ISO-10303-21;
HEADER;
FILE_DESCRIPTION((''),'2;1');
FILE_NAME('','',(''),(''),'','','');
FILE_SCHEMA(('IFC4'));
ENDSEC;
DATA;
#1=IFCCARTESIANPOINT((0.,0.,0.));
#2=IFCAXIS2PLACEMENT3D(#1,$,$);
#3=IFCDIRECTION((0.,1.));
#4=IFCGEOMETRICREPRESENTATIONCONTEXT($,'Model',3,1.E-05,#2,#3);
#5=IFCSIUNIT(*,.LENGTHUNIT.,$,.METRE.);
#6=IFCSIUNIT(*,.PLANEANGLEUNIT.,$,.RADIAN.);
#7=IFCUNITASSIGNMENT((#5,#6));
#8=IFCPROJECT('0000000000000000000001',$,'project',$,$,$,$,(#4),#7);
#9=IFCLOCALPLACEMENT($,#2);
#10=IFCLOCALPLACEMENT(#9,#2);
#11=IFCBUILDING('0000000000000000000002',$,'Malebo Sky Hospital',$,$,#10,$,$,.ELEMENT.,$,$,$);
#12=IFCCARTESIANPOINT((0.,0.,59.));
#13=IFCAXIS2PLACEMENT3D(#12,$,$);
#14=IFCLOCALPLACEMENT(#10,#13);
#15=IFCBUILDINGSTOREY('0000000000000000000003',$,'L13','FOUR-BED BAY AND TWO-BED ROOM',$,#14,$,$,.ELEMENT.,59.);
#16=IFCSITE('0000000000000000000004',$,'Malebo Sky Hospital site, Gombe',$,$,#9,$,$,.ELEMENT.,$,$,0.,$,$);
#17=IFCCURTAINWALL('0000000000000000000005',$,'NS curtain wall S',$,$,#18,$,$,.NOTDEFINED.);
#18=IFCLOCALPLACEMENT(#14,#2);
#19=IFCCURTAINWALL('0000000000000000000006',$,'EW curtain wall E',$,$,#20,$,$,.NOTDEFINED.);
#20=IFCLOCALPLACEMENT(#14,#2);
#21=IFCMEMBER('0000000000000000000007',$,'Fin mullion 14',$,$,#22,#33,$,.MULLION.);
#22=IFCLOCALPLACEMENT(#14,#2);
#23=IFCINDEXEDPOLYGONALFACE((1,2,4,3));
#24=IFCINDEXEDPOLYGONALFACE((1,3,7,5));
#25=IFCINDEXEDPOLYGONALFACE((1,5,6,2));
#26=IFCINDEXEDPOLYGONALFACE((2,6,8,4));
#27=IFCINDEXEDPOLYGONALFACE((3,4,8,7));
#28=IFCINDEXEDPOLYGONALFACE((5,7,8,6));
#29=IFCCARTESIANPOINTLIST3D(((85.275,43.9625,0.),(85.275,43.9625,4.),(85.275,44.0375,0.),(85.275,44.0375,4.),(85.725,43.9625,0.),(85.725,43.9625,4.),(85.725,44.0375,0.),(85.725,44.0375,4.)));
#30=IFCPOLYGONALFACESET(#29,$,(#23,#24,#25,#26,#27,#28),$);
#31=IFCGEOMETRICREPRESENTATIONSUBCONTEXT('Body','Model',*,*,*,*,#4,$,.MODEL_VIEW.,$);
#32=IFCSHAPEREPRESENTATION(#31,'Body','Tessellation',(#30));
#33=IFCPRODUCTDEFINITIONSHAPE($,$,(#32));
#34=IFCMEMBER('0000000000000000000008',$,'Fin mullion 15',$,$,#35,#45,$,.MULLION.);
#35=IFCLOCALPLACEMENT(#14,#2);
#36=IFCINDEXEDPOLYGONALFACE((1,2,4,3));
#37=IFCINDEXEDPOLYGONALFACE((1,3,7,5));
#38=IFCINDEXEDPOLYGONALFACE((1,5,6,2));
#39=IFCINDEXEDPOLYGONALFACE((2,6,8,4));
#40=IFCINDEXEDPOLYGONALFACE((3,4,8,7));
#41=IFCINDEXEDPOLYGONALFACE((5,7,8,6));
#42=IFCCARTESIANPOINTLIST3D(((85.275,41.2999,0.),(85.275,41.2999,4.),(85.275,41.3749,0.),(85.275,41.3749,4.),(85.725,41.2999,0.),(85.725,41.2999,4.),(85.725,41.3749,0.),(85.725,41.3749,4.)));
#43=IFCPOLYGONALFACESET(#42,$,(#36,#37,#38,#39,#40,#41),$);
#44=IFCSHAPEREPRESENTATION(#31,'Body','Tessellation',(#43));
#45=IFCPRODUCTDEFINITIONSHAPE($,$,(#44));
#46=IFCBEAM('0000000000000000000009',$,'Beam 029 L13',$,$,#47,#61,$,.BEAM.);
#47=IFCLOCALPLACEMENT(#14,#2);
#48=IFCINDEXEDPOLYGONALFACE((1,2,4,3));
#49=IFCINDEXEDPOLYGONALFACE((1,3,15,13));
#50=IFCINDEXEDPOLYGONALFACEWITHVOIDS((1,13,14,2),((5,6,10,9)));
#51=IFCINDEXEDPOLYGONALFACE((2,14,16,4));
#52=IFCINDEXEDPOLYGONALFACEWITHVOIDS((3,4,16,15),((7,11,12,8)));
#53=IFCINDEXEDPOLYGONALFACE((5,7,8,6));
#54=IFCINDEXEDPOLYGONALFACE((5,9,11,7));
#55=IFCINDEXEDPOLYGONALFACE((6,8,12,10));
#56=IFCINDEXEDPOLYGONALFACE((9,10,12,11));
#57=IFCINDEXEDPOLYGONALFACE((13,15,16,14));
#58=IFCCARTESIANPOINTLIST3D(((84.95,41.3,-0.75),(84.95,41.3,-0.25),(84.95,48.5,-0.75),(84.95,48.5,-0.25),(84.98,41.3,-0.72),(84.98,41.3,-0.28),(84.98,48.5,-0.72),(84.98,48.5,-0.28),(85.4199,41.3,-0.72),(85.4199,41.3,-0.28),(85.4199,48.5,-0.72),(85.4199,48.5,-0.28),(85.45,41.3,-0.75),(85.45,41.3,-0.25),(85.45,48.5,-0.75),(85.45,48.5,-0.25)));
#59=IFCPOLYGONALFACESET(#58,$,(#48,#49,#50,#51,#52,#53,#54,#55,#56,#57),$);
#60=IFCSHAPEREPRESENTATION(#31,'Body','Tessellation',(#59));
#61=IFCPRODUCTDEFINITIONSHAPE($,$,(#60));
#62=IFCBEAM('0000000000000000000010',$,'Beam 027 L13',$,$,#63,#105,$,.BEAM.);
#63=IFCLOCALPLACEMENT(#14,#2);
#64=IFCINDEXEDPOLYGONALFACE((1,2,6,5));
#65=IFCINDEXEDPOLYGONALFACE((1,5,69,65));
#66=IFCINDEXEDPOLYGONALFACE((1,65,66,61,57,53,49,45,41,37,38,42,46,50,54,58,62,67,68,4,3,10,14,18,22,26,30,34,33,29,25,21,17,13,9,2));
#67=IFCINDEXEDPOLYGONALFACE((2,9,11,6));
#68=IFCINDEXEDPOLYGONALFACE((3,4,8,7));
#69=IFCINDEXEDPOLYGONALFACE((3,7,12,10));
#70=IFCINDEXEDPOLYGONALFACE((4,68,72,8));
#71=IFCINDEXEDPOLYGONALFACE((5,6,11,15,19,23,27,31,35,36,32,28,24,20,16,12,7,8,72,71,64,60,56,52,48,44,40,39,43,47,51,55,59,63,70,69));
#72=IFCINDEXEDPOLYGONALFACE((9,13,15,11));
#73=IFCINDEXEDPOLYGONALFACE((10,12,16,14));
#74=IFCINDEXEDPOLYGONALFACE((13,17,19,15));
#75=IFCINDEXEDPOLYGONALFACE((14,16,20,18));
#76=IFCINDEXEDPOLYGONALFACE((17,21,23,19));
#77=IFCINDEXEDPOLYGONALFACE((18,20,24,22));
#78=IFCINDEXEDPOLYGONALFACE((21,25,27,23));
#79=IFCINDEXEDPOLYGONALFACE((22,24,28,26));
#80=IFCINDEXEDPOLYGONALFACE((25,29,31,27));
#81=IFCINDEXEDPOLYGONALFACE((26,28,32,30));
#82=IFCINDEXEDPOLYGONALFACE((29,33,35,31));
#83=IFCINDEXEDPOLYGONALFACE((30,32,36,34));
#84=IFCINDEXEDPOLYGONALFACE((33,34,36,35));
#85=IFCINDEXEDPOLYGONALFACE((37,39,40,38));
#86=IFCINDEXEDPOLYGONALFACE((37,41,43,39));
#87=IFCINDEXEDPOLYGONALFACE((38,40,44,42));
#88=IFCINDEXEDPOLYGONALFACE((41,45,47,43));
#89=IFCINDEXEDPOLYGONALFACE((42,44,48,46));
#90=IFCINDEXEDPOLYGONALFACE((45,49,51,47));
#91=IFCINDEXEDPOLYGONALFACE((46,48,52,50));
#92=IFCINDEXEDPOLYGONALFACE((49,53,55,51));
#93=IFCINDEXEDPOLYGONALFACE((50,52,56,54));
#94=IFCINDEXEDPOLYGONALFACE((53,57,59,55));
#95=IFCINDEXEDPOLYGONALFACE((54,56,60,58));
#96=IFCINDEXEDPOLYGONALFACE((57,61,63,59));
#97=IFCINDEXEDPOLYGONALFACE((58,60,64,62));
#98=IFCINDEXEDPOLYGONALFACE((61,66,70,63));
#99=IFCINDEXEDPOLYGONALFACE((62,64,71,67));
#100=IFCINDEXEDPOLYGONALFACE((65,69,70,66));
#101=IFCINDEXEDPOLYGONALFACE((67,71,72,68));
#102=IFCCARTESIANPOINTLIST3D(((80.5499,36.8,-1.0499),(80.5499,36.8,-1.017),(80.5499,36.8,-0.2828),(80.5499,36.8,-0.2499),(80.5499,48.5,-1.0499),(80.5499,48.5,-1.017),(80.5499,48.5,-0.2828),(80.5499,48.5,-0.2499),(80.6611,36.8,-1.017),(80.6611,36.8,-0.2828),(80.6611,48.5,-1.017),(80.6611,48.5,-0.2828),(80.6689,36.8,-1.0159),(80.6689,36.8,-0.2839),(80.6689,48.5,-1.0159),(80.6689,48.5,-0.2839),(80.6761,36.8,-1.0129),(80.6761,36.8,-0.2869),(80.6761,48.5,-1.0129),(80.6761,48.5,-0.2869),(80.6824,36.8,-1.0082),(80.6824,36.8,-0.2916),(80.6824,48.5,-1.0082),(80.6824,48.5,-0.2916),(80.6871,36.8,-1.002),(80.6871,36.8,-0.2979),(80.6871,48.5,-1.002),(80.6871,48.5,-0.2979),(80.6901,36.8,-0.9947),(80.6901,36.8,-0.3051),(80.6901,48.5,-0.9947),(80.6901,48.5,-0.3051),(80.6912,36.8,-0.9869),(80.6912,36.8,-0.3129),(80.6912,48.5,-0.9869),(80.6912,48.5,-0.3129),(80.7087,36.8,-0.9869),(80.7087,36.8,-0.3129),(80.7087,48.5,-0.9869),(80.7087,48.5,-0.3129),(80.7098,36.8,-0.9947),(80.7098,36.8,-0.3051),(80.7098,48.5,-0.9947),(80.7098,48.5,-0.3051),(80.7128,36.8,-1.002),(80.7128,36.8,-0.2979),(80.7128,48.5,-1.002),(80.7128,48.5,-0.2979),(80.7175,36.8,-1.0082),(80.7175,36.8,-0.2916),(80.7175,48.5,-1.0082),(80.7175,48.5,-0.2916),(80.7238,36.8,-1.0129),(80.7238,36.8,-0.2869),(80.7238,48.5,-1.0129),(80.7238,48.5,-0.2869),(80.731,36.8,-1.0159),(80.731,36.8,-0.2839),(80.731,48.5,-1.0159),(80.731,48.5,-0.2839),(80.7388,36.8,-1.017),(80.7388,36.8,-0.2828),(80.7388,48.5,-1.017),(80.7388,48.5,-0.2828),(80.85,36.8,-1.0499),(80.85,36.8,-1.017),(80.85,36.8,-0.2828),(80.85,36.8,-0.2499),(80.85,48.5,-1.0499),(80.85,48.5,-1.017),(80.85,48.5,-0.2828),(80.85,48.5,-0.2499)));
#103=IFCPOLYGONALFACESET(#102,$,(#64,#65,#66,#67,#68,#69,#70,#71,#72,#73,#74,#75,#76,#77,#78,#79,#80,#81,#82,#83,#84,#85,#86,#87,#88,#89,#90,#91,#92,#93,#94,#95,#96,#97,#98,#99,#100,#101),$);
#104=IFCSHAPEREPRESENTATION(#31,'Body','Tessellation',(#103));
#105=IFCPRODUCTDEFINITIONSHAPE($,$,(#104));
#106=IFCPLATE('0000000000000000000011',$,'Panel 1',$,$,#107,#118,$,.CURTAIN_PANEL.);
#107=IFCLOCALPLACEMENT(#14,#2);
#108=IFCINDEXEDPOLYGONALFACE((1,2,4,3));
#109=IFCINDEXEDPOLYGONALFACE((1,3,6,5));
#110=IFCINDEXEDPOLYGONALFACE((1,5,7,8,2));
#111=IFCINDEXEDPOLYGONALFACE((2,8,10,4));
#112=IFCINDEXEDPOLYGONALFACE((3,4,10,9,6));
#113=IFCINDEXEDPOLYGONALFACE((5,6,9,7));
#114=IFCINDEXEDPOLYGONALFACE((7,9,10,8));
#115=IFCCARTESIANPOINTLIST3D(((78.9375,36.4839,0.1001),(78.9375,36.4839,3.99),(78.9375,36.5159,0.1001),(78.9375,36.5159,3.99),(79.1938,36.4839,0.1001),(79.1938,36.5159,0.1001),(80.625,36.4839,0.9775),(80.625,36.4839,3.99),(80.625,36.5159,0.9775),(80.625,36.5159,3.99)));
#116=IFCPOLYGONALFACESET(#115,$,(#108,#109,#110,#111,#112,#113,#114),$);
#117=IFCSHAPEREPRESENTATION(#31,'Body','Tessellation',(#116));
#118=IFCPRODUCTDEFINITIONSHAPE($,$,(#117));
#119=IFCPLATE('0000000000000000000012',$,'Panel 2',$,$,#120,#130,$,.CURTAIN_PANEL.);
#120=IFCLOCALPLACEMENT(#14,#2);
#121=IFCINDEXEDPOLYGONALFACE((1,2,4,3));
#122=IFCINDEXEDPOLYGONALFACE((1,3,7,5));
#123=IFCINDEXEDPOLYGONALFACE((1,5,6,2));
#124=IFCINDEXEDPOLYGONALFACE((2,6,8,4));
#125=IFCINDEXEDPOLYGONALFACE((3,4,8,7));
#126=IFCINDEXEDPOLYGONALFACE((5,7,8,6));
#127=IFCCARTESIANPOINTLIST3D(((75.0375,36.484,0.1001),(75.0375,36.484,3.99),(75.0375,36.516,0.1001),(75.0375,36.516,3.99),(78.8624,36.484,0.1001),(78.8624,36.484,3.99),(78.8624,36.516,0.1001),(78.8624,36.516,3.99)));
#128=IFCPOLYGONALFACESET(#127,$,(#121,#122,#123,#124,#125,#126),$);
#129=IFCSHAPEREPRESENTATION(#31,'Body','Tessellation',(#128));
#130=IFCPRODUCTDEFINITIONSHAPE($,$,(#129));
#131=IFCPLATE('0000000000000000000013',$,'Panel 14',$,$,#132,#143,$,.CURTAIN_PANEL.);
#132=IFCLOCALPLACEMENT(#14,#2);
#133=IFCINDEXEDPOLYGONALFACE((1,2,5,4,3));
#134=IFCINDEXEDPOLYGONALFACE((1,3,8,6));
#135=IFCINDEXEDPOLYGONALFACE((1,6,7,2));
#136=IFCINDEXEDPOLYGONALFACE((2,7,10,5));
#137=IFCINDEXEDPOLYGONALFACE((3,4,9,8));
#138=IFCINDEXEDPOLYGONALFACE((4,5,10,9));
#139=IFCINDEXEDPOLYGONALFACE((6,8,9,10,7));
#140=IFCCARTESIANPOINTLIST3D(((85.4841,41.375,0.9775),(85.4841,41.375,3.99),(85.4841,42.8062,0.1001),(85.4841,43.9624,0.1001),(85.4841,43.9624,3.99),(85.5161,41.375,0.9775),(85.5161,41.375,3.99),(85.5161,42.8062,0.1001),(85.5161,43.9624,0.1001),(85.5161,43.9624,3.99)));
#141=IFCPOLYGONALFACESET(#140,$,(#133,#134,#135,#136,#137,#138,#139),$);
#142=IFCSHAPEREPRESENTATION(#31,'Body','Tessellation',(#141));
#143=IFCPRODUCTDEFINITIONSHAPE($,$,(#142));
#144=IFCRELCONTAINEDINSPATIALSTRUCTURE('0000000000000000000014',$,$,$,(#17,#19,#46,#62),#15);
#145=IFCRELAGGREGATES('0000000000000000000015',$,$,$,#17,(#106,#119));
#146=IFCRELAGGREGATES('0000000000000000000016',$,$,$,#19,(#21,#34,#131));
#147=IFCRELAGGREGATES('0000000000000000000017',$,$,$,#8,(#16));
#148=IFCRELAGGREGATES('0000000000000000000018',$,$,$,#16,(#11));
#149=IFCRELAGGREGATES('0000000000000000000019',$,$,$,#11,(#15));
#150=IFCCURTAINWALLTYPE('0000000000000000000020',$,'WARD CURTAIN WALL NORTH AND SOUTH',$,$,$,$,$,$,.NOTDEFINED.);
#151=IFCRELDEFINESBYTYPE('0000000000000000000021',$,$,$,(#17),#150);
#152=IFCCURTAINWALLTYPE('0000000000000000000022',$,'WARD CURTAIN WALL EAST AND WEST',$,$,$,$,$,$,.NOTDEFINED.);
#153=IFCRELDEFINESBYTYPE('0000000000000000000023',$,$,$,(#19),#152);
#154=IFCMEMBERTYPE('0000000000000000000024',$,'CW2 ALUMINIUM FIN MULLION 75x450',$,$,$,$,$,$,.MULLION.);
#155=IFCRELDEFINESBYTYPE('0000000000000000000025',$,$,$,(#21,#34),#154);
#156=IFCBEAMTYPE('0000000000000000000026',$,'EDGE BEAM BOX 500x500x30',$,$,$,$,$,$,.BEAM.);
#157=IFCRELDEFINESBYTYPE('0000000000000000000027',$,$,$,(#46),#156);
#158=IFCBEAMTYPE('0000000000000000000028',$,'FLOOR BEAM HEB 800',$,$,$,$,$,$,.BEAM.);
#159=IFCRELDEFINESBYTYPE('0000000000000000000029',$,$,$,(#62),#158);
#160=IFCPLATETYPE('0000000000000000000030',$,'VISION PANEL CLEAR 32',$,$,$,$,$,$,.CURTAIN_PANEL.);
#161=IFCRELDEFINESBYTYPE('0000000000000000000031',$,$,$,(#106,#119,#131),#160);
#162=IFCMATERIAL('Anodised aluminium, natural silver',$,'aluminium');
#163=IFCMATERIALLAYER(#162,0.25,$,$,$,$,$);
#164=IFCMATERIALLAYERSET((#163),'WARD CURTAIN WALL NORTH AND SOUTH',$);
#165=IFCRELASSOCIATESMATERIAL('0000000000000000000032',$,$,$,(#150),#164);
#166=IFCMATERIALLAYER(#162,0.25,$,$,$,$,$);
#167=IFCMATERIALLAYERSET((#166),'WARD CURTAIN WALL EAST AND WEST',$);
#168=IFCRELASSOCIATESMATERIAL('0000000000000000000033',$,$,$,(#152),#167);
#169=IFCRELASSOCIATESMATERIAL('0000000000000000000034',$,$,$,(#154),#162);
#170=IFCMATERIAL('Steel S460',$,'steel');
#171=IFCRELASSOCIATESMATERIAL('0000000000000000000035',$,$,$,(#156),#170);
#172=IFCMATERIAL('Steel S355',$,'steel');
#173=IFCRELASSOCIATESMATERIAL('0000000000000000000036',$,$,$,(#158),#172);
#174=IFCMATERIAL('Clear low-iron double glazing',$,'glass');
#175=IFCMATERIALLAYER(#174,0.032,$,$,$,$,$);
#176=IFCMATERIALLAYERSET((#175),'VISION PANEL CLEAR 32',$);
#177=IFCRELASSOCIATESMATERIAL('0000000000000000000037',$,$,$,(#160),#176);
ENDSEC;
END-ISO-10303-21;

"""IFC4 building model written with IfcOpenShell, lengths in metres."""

from ifc_helpers import new_model, si_unit, direction, frame, origin, origin_2d, place, context, subcontext, project, spatial, polyline, rectangle, hollow_rectangle, i_section, outline, extrude, material, layer, layer_set, material_profile, profile_set, type_object, element, aggregate, save


model = new_model("IFC4")

# Units and contexts
model_context = context("Model", 3, precision=1e-05, world=origin(), true_north=direction((0.0, 1.0)))
body_context = subcontext(model_context, "Body", "Model", "MODEL_VIEW")
ifc_project = project(units=[si_unit("LENGTHUNIT", "METRE"), si_unit("PLANEANGLEUNIT", "RADIAN")], contexts=[model_context])

# Site, building, storey
site_placement = place(None, origin())
site = spatial("IfcSite", under=ifc_project, at=site_placement, Name="Malebo Sky Hospital site, Gombe", CompositionType="ELEMENT", RefElevation=0.0)
building_placement = place(site_placement, origin())
building = spatial("IfcBuilding", under=site, at=building_placement, Name="Malebo Sky Hospital", CompositionType="ELEMENT")
storey_placement = place(building_placement, frame((0.0, 0.0, 59.0)))
storey = spatial("IfcBuildingStorey", under=building, at=storey_placement, Name="L13", Description="FOUR-BED BAY AND TWO-BED ROOM", CompositionType="ELEMENT", Elevation=59.0)

# Shared definitions
ifc_material_1 = material(Name="Steel S460", Category="steel")

# Curtain wall
ifc_material_2 = material(Name="Anodised aluminium, natural silver", Category="aluminium")
ifc_layer_1 = layer(ifc_material_2, 0.25)
ifc_layer_set_1 = layer_set([ifc_layer_1], Name="WARD CURTAIN WALL NORTH AND SOUTH")
curtain_wall_type_1 = type_object("IfcCurtainWallType", Name="WARD CURTAIN WALL NORTH AND SOUTH", PredefinedType="NOTDEFINED", material=ifc_layer_set_1)
curtain_wall_1_placement = place(storey_placement, origin())
curtain_wall_1 = element("IfcCurtainWall", 1, at=curtain_wall_1_placement, inside=storey, type_object=curtain_wall_type_1, Name="NS curtain wall S", PredefinedType="NOTDEFINED")

# Curtain wall
ifc_layer_2 = layer(ifc_material_2, 0.25)
ifc_layer_set_2 = layer_set([ifc_layer_2], Name="WARD CURTAIN WALL EAST AND WEST")
curtain_wall_type_2 = type_object("IfcCurtainWallType", Name="WARD CURTAIN WALL EAST AND WEST", PredefinedType="NOTDEFINED", material=ifc_layer_set_2)
curtain_wall_2_placement = place(storey_placement, origin())
curtain_wall_2 = element("IfcCurtainWall", 2, at=curtain_wall_2_placement, inside=storey, type_object=curtain_wall_type_2, Name="EW curtain wall E", PredefinedType="NOTDEFINED")

# Shared definitions
ifc_material_3 = material(Name="Steel S355", Category="steel")

# Members
ifc_material_profile_1 = material_profile(ifc_material_2, rectangle(XDim=0.075, YDim=0.45, at=origin_2d()), Name="CW2 ALUMINIUM FIN MULLION 75x450")
ifc_profile_set_1 = profile_set([ifc_material_profile_1], Name="Anodised aluminium, natural silver")
member_type_1 = type_object("IfcMemberType", Name="CW2 ALUMINIUM FIN MULLION 75x450", PredefinedType="MULLION", material=ifc_profile_set_1)
member_1_placement = place(storey_placement, frame((85.5, 44.0, 0.0), z_axis=(0.0, 0.0, 1.0), x_axis=(0.0, -1.0, 0.0)))
member_1 = element("IfcMember", 3, at=member_1_placement, type_object=member_type_1, Name="Fin mullion 14", PredefinedType="MULLION", context=body_context, shape_type="SweptSolid", body=[
    extrude(rectangle(XDim=0.075, YDim=0.45, at=origin_2d()), origin(), (0.0, 0.0, 1.0), 4.0),
])
member_2_placement = place(storey_placement, frame((85.5, 41.3374, 0.0), z_axis=(0.0, 0.0, 1.0), x_axis=(0.0, -1.0, 0.0)))
member_2 = element("IfcMember", 4, at=member_2_placement, type_object=member_type_1, Name="Fin mullion 15", PredefinedType="MULLION", context=body_context, shape_type="SweptSolid", body=[
    extrude(rectangle(XDim=0.075, YDim=0.45, at=origin_2d()), origin(), (0.0, 0.0, 1.0), 4.0),
])

# Beams
ifc_material_profile_2 = material_profile(ifc_material_1, hollow_rectangle(XDim=0.5, YDim=0.5, WallThickness=0.03, at=origin_2d()), Name="BOX 500x500x30")
ifc_profile_set_2 = profile_set([ifc_material_profile_2], Name="Steel S460")
beam_type_1 = type_object("IfcBeamType", Name="EDGE BEAM BOX 500x500x30", PredefinedType="BEAM", material=ifc_profile_set_2)
beam_1_placement = place(storey_placement, frame((85.2, 41.3, -0.5), z_axis=(0.0, 1.0, 0.0), x_axis=(-1.0, 0.0, 0.0)))
element("IfcBeam", 5, at=beam_1_placement, inside=storey, type_object=beam_type_1, Name="Beam 029 L13", PredefinedType="BEAM", context=body_context, shape_type="SweptSolid", body=[
    extrude(hollow_rectangle(XDim=0.5, YDim=0.5, WallThickness=0.03, at=origin_2d()), origin(), (0.0, 0.0, 1.0), 7.2),
])
ifc_material_profile_3 = material_profile(ifc_material_3, i_section(OverallWidth=0.3, OverallDepth=0.8, WebThickness=0.0176, FlangeThickness=0.033, FilletRadius=0.03, at=origin_2d()), Name="HEB 800")
ifc_profile_set_3 = profile_set([ifc_material_profile_3], Name="Steel S355")
beam_type_2 = type_object("IfcBeamType", Name="FLOOR BEAM HEB 800", PredefinedType="BEAM", material=ifc_profile_set_3)
beam_2_placement = place(storey_placement, frame((80.7, 36.8, -0.6499), z_axis=(0.0, 1.0, 0.0), x_axis=(-1.0, 0.0, 0.0)))
element("IfcBeam", 6, at=beam_2_placement, inside=storey, type_object=beam_type_2, Name="Beam 027 L13", PredefinedType="BEAM", context=body_context, shape_type="SweptSolid", body=[
    extrude(i_section(OverallWidth=0.3, OverallDepth=0.8, WebThickness=0.0176, FlangeThickness=0.033, FilletRadius=0.03, at=origin_2d()), origin(), (0.0, 0.0, 1.0), 11.7),
])

# Plates
ifc_material_4 = material(Name="Clear low-iron double glazing", Category="glass")
ifc_layer_3 = layer(ifc_material_4, 0.032)
ifc_layer_set_3 = layer_set([ifc_layer_3], Name="VISION PANEL CLEAR 32")
plate_type = type_object("IfcPlateType", Name="VISION PANEL CLEAR 32", PredefinedType="CURTAIN_PANEL", material=ifc_layer_set_3)
plate_1_placement = place(storey_placement, frame((79.7812, 36.5, 0.1001), z_axis=(0.0, 0.0, 1.0), x_axis=(-1.0, 0.0, 0.0)))
plate_1 = element("IfcPlate", 7, at=plate_1_placement, type_object=plate_type, Name="Panel 1", PredefinedType="CURTAIN_PANEL", context=body_context, shape_type="SweptSolid", body=[
    extrude(outline(polyline([(0.5874, 0.0), (0.8438, 0.0), (0.8438, 3.8899), (-0.8438, 3.8899), (-0.8438, 0.8774), (0.5874, 0.0)])), frame((0.0, 0.0161, 0.0), z_axis=(0.0, -1.0, 0.0), x_axis=(1.0, 0.0, 0.0)), (0.0, 0.0, 1.0), 0.032),
])
plate_2_placement = place(storey_placement, frame((76.95, 36.5, 0.1001), z_axis=(0.0, 0.0, 1.0), x_axis=(-1.0, 0.0, 0.0)))
plate_2 = element("IfcPlate", 8, at=plate_2_placement, type_object=plate_type, Name="Panel 2", PredefinedType="CURTAIN_PANEL", context=body_context, shape_type="SweptSolid", body=[
    extrude(rectangle(XDim=3.825, YDim=0.032, at=origin_2d()), origin(), (0.0, 0.0, 1.0), 3.8899),
])
aggregate(curtain_wall_1, [plate_1, plate_2])
plate_3_placement = place(storey_placement, frame((85.5, 42.6687, 0.1001), z_axis=(0.0, 0.0, 1.0), x_axis=(0.0, -1.0, 0.0)))
plate_3 = element("IfcPlate", 9, at=plate_3_placement, type_object=plate_type, Name="Panel 14", PredefinedType="CURTAIN_PANEL", context=body_context, shape_type="SweptSolid", body=[
    extrude(outline(polyline([(-1.2937, 0.0), (-0.1375, 0.0), (1.2937, 0.8774), (1.2937, 3.8899), (-1.2937, 3.8899), (-1.2937, 0.0)])), frame((0.0, 0.0161, 0.0), z_axis=(0.0, -1.0, 0.0), x_axis=(1.0, 0.0, 0.0)), (0.0, 0.0, 1.0), 0.032),
])
aggregate(curtain_wall_2, [member_1, member_2, plate_3])

save(model, "model.ifc")
